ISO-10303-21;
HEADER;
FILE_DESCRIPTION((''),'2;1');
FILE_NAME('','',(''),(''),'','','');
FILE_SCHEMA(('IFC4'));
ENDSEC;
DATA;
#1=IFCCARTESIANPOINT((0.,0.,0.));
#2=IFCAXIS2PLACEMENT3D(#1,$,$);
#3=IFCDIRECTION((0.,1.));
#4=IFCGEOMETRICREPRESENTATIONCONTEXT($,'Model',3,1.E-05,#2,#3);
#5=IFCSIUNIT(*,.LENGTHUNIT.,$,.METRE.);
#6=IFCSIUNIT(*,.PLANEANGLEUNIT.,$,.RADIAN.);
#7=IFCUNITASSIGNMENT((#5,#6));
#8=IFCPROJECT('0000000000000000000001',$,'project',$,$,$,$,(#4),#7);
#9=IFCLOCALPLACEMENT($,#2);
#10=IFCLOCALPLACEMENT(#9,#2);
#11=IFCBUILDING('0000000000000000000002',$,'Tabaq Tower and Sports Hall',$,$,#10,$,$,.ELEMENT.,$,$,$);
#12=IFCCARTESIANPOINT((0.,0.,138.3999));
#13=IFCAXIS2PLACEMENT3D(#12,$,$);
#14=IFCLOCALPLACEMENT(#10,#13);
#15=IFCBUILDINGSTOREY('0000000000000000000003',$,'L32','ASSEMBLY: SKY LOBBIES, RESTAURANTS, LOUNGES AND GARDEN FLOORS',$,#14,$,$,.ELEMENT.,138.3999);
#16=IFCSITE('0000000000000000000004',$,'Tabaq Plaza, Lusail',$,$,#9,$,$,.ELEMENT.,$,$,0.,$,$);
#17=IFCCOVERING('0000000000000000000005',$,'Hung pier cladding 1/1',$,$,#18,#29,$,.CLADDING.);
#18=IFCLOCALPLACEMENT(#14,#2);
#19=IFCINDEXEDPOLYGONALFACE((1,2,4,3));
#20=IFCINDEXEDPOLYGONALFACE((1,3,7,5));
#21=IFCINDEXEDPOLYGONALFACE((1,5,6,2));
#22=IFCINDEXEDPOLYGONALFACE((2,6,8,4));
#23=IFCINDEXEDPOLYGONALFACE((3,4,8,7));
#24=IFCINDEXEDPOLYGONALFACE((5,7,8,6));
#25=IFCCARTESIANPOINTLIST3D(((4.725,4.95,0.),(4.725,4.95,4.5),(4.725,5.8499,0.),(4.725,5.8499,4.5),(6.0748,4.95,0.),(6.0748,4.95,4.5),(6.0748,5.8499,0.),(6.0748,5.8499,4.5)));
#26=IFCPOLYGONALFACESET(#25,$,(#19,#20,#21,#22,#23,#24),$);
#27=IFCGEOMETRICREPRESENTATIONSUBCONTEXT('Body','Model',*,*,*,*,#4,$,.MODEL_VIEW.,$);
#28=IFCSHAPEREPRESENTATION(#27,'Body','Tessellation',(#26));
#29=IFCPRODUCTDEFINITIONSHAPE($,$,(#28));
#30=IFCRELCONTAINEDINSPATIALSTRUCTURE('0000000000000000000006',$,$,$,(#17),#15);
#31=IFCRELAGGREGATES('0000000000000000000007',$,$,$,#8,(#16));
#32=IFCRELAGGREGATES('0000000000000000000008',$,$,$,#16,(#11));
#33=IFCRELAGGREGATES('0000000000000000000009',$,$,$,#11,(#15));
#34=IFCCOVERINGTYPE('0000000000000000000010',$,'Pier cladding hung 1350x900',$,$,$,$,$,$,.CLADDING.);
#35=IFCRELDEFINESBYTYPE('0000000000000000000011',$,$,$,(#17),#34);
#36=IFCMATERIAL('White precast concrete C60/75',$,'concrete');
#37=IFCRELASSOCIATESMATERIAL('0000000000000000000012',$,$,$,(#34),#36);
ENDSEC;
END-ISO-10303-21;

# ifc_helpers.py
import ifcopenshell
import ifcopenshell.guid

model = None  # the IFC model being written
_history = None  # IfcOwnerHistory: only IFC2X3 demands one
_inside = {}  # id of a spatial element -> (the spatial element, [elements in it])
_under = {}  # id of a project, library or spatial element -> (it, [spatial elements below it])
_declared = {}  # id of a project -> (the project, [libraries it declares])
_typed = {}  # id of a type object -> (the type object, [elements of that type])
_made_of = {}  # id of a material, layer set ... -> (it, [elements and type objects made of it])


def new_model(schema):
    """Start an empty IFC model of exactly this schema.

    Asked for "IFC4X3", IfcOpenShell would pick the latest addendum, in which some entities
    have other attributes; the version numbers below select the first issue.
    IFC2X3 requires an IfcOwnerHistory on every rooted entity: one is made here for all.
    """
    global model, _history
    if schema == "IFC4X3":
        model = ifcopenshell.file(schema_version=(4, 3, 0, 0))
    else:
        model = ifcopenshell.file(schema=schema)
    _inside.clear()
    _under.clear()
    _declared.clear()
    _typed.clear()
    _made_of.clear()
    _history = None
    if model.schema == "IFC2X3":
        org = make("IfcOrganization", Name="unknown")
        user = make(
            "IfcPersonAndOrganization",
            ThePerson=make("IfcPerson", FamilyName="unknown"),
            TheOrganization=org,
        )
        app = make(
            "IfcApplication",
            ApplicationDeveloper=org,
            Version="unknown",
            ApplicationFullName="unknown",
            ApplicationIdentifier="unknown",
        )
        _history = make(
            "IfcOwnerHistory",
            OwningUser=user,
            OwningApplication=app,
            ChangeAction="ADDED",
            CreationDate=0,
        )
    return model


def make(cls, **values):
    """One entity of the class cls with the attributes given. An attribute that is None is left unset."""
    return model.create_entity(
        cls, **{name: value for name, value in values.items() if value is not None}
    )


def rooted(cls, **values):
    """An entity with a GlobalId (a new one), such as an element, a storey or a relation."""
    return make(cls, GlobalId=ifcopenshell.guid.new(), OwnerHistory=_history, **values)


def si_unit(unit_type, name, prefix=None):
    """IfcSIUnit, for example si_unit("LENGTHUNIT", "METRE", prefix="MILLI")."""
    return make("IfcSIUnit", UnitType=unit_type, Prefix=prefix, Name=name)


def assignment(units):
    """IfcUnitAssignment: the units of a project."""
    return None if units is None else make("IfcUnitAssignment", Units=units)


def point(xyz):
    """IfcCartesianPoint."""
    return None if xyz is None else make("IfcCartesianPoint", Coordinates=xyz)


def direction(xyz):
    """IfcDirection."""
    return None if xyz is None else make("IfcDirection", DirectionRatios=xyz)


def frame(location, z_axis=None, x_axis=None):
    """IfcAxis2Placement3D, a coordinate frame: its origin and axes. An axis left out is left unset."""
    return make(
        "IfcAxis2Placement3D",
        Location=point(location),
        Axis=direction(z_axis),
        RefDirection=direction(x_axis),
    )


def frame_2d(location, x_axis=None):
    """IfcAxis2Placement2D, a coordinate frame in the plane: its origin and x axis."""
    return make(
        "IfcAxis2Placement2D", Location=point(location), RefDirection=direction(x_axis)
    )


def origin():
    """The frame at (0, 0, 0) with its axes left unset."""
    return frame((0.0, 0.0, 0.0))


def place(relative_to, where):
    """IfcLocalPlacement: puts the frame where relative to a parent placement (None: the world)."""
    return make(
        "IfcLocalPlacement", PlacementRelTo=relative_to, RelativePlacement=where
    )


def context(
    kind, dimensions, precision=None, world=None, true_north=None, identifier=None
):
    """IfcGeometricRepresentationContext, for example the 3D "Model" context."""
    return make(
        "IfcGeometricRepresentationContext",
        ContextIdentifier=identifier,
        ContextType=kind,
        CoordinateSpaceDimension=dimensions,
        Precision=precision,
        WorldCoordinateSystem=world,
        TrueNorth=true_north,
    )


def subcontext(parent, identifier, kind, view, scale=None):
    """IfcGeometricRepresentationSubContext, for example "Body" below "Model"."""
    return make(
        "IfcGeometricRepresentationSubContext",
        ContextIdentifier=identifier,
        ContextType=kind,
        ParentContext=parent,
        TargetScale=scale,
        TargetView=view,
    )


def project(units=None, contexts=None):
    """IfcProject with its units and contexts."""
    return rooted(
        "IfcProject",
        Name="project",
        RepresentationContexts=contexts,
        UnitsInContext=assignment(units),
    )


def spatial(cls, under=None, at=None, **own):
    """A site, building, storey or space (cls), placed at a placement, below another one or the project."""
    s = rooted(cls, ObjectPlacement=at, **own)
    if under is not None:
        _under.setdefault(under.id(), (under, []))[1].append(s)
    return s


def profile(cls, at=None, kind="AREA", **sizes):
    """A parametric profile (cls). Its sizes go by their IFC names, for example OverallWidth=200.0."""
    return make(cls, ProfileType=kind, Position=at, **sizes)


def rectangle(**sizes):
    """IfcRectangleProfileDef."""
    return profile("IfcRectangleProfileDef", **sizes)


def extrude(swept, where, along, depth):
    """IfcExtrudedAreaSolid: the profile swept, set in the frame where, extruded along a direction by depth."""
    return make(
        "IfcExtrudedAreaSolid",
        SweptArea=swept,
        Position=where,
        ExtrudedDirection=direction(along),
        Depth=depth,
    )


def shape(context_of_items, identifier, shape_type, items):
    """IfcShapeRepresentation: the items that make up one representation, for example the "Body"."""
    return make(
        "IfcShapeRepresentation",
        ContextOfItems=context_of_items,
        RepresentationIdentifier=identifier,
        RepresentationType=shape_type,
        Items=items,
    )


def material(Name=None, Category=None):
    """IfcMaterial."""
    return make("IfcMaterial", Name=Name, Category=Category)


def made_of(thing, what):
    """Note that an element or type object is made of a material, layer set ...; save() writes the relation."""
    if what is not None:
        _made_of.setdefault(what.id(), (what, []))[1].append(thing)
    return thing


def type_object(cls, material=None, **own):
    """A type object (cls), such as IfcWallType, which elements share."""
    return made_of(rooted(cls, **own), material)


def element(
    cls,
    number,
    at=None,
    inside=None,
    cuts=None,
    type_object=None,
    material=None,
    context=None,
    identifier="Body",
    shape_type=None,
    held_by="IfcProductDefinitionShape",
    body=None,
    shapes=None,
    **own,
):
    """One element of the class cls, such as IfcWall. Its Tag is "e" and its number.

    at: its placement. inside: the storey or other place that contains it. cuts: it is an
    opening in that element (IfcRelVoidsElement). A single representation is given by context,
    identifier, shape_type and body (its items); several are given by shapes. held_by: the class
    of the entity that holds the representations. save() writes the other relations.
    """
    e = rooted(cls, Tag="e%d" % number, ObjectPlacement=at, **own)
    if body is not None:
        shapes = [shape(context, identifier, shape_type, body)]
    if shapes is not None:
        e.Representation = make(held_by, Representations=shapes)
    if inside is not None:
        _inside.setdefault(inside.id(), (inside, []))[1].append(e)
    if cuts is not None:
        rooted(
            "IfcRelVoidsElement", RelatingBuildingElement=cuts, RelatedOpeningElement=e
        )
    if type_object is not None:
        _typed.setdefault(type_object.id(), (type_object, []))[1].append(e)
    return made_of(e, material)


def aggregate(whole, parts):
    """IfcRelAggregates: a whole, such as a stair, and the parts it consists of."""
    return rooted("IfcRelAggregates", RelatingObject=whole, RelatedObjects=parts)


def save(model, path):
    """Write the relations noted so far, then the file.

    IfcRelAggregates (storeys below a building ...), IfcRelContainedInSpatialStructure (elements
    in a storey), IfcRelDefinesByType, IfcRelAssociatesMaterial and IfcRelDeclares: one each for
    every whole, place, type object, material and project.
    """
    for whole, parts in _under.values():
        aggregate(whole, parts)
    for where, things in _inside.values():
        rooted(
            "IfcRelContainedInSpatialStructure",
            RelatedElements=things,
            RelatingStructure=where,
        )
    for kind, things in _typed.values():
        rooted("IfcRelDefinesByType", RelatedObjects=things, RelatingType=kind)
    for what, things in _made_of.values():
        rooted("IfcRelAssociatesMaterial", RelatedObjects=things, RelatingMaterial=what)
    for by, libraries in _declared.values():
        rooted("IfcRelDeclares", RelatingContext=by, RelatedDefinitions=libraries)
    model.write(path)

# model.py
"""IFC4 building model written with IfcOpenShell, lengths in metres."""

from ifc_helpers import new_model, si_unit, direction, frame, frame_2d, origin, place, context, subcontext, project, spatial, rectangle, extrude, material, type_object, element, save


model = new_model("IFC4")

# Units and contexts
model_context = context("Model", 3, precision=1e-05, world=origin(), true_north=direction((0.0, 1.0)))
body_context = subcontext(model_context, "Body", "Model", "MODEL_VIEW")
ifc_project = project(units=[si_unit("LENGTHUNIT", "METRE"), si_unit("PLANEANGLEUNIT", "RADIAN")], contexts=[model_context])

# Site, building, storey
site_placement = place(None, origin())
site = spatial("IfcSite", under=ifc_project, at=site_placement, Name="Tabaq Plaza, Lusail", CompositionType="ELEMENT", RefElevation=0.0)
building_placement = place(site_placement, origin())
building = spatial("IfcBuilding", under=site, at=building_placement, Name="Tabaq Tower and Sports Hall", CompositionType="ELEMENT")
storey_placement = place(building_placement, frame((0.0, 0.0, 138.3999)))
storey = spatial("IfcBuildingStorey", under=building, at=storey_placement, Name="L32", Description="ASSEMBLY: SKY LOBBIES, RESTAURANTS, LOUNGES AND GARDEN FLOORS", CompositionType="ELEMENT", Elevation=138.3999)

# Covering
ifc_material_1 = material(Name="White precast concrete C60/75", Category="concrete")
covering_type_1 = type_object("IfcCoveringType", Name="Pier cladding hung 1350x900", PredefinedType="CLADDING", material=ifc_material_1)
covering_1_placement = place(storey_placement, frame((4.7251, 5.3999, 0.0), z_axis=(0.0, 0.0, 1.0), x_axis=(1.0, 0.0, 0.0)))
element("IfcCovering", 1, at=covering_1_placement, inside=storey, type_object=covering_type_1, Name="Hung pier cladding 1/1", PredefinedType="CLADDING", context=body_context, shape_type="SweptSolid", body=[
    extrude(rectangle(XDim=1.3499, YDim=0.8999, at=frame_2d((0.6748, 0.0))), origin(), (0.0, 0.0, 1.0), 4.5),
])

save(model, "model.ifc")
